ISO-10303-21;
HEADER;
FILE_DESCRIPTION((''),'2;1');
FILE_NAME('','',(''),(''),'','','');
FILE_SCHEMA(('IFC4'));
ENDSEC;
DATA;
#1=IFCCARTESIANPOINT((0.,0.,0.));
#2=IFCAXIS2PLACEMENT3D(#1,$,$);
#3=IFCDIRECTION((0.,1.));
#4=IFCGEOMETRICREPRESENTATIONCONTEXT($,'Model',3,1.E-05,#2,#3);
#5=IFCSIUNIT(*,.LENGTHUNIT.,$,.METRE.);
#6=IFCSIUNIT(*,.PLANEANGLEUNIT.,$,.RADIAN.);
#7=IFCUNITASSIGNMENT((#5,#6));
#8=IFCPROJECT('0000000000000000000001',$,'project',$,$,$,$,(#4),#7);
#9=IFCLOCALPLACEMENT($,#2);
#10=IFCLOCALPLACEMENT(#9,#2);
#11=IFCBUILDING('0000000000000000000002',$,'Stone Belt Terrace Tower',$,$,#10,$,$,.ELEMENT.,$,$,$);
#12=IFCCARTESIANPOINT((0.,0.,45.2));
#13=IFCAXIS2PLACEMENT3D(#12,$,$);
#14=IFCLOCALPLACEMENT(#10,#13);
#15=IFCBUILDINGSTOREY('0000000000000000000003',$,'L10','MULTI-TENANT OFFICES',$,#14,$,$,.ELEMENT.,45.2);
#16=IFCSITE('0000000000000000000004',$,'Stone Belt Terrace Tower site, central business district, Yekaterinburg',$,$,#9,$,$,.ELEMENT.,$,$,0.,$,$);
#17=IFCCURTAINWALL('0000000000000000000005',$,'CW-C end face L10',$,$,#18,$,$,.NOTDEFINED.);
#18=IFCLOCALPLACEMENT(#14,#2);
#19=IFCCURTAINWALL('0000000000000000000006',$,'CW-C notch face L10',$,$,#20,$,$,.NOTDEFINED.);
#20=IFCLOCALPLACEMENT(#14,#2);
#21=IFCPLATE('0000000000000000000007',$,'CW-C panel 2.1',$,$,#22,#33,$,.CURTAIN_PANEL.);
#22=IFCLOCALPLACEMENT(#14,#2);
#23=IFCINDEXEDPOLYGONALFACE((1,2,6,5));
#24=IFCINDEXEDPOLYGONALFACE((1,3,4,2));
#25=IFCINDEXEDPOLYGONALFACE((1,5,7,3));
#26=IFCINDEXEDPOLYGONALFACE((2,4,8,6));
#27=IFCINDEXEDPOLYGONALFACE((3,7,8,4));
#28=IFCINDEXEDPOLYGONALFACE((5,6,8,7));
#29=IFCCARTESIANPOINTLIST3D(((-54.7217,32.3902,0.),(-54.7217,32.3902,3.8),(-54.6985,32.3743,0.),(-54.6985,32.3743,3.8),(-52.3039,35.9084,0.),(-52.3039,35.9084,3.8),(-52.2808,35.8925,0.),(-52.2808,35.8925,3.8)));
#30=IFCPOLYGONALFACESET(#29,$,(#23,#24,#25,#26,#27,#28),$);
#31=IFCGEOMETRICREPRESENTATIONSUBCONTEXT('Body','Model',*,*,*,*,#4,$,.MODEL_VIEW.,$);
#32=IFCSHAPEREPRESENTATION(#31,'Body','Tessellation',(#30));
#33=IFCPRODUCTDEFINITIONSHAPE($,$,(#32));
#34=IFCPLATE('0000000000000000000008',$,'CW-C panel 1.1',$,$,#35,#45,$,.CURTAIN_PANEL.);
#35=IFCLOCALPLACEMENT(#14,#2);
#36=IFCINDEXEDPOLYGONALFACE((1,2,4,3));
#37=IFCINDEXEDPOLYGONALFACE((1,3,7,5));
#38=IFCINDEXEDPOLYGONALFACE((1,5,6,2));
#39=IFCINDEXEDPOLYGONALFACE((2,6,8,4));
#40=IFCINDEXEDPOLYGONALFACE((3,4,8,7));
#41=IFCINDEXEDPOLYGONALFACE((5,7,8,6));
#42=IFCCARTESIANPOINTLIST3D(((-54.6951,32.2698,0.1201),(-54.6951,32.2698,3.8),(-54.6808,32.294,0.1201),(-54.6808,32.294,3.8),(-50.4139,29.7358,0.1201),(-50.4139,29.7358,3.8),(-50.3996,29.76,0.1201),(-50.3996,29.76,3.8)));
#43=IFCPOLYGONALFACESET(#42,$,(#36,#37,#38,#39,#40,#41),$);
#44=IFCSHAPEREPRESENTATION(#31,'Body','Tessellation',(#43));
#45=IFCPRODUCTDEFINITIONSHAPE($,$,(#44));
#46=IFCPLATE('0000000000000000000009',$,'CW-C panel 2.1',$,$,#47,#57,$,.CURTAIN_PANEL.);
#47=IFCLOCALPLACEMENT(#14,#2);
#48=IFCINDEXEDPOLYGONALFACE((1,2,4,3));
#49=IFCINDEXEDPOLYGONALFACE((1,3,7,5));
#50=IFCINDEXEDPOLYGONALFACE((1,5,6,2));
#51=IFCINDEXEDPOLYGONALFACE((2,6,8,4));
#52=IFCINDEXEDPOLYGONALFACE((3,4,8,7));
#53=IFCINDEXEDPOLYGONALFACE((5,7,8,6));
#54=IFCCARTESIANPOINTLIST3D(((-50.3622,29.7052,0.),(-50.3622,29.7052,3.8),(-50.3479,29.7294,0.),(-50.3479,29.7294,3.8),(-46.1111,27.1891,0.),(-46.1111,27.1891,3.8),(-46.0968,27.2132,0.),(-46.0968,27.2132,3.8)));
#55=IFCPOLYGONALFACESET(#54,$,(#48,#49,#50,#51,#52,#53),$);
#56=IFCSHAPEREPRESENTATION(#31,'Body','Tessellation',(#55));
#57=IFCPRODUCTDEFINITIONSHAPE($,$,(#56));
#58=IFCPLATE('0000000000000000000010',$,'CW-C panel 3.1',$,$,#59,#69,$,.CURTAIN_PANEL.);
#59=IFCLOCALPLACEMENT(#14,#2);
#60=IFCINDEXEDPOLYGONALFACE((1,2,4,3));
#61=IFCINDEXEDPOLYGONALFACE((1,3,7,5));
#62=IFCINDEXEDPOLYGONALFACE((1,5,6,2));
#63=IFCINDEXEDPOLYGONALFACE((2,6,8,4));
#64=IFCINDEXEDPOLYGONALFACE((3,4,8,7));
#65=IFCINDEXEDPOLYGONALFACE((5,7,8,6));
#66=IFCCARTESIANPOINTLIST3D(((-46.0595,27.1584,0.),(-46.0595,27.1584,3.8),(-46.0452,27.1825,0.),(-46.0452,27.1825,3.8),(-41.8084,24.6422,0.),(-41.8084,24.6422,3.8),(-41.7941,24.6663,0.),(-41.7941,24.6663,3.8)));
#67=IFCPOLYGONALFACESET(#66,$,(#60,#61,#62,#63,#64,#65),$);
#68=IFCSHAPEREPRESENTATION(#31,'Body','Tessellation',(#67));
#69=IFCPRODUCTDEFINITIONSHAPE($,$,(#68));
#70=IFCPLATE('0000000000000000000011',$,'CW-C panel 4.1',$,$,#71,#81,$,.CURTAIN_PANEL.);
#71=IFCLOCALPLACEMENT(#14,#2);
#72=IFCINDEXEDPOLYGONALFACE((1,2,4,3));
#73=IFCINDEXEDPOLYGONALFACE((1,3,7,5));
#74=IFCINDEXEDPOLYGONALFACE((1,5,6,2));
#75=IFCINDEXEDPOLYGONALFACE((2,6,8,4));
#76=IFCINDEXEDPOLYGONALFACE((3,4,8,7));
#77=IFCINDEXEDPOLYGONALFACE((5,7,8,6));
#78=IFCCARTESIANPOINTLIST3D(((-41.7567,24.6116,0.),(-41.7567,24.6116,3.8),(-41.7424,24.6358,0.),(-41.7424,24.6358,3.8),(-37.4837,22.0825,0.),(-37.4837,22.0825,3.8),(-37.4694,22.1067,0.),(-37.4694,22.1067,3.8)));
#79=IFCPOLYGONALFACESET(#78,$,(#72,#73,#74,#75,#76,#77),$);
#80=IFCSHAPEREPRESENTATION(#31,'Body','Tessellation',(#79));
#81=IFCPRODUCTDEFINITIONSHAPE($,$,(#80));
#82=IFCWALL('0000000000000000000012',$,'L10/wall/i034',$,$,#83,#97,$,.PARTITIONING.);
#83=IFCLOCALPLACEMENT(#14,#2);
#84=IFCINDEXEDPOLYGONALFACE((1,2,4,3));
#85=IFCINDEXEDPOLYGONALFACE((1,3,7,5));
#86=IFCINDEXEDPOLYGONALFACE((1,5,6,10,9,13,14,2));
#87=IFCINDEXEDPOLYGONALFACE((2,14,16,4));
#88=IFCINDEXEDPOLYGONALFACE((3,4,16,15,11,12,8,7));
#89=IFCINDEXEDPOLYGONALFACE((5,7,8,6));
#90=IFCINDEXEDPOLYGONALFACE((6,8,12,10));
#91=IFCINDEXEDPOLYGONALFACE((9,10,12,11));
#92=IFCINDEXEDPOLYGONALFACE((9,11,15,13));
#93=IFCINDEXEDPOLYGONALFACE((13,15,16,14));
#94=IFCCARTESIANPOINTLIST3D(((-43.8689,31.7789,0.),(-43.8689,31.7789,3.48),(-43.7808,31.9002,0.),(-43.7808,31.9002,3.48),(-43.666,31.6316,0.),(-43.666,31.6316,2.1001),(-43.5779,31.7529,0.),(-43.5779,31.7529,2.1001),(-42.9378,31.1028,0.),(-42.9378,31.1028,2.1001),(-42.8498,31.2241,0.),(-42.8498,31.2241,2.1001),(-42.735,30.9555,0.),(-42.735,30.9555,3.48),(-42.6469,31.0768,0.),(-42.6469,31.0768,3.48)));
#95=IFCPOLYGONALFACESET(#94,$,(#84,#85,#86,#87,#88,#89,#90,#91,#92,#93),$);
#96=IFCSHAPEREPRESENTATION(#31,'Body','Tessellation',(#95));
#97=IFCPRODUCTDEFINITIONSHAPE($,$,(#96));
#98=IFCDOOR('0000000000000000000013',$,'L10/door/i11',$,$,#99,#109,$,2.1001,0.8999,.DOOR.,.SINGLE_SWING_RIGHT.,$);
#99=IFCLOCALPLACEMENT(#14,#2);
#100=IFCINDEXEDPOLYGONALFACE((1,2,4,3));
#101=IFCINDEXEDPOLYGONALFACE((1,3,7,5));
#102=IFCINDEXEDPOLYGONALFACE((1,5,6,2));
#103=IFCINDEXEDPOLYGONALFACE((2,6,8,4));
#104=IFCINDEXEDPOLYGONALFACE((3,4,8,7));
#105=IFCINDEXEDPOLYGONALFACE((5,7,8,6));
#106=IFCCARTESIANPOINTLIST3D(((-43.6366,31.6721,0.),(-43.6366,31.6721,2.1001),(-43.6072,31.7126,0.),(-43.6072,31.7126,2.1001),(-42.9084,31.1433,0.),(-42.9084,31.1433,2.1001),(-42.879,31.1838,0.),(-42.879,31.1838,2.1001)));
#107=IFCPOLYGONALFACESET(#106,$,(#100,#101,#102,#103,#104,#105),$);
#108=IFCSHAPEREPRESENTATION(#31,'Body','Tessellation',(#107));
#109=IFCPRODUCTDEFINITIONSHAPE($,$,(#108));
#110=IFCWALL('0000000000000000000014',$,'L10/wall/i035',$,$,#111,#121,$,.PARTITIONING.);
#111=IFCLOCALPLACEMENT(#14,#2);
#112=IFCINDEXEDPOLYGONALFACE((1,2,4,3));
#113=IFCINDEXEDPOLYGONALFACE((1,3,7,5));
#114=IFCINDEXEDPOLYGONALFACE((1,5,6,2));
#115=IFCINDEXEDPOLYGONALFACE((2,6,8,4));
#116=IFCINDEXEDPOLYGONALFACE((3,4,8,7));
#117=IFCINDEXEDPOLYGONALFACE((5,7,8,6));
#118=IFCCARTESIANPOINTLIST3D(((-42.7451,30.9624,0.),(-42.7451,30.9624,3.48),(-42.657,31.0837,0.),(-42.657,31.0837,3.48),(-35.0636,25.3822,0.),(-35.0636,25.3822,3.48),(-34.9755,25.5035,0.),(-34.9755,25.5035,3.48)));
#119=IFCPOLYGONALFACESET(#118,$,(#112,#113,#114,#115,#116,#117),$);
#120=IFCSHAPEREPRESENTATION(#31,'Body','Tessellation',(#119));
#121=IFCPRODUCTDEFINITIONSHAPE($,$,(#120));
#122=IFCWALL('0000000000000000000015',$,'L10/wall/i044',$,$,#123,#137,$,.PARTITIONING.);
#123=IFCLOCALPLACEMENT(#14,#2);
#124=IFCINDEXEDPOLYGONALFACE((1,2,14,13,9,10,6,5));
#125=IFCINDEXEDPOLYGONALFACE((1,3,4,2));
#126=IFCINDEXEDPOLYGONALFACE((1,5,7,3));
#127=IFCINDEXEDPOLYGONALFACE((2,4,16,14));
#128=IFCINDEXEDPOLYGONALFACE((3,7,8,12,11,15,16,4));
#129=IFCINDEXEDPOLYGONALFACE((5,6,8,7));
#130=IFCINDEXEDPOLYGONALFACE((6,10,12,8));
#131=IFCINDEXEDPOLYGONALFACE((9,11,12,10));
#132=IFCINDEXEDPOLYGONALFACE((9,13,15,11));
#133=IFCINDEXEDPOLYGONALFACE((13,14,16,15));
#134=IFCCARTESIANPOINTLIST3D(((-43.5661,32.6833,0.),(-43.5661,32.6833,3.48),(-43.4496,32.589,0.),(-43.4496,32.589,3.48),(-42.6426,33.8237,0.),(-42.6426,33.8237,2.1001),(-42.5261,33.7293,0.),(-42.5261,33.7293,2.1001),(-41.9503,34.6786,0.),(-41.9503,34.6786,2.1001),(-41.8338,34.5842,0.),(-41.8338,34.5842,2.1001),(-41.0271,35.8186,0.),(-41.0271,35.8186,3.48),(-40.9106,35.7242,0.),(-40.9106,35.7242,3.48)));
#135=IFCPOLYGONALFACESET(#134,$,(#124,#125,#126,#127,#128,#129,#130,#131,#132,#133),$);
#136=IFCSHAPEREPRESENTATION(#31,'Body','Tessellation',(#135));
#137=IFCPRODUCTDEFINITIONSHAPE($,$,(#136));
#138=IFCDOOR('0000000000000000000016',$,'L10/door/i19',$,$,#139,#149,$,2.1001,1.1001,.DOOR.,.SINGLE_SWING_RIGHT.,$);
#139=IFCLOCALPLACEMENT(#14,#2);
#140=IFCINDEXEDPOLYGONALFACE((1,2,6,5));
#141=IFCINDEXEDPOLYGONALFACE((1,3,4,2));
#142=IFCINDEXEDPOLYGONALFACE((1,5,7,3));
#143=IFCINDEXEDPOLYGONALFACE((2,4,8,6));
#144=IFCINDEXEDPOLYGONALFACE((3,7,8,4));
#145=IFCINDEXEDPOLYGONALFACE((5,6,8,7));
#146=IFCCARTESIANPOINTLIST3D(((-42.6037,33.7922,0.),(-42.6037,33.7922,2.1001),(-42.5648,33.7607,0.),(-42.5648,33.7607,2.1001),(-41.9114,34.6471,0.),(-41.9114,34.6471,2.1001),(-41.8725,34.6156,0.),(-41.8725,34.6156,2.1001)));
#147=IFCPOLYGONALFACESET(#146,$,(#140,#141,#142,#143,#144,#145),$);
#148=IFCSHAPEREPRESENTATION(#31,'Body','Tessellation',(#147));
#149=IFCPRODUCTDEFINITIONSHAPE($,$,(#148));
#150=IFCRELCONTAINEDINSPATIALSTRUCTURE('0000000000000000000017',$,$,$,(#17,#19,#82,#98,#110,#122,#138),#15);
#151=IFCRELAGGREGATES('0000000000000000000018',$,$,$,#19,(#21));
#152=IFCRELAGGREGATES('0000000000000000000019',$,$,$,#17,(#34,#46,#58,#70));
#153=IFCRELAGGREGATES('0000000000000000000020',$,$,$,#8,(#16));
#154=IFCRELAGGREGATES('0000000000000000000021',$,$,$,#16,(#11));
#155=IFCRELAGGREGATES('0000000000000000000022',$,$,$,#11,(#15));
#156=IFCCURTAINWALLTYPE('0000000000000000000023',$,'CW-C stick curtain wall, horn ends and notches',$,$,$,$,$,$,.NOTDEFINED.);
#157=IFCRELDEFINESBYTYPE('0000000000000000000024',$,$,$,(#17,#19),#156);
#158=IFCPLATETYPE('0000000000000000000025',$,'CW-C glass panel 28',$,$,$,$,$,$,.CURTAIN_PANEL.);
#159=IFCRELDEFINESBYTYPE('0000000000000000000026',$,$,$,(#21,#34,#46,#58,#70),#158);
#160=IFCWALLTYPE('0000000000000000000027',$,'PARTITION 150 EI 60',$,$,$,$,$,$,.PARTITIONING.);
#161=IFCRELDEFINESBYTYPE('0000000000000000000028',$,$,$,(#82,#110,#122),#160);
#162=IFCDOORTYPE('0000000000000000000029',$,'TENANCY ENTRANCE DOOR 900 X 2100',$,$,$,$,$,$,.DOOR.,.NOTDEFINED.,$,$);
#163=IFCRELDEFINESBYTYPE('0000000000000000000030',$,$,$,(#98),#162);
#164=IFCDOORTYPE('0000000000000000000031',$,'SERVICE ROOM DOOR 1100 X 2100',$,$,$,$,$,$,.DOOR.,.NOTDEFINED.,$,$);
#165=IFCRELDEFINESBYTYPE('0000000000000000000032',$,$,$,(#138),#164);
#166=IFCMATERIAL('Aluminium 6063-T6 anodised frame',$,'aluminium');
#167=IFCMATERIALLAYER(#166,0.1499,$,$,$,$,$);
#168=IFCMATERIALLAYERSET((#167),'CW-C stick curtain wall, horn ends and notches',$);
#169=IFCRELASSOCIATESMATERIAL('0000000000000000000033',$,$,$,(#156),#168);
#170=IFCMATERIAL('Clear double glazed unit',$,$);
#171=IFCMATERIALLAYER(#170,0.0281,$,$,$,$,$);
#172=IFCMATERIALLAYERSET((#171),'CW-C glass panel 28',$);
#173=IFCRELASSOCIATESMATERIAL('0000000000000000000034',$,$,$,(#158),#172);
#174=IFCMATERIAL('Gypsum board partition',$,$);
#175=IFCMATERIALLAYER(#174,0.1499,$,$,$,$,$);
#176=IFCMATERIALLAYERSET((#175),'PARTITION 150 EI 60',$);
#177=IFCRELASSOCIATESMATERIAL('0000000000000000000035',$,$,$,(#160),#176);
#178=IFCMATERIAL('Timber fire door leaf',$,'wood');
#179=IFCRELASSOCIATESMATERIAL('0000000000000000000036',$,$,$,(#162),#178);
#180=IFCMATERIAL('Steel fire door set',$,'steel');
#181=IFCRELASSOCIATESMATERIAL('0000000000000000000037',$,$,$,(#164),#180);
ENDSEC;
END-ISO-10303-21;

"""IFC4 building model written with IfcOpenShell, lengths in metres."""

from ifc_helpers import new_model, si_unit, direction, frame, frame_2d, origin, origin_2d, place, context, subcontext, project, spatial, rectangle, extrude, material, layer, layer_set, type_object, element, fill, aggregate, save


model = new_model("IFC4")

# Units and contexts
model_context = context("Model", 3, precision=1e-05, world=origin(), true_north=direction((0.0, 1.0)))
body_context = subcontext(model_context, "Body", "Model", "MODEL_VIEW")
ifc_project = project(units=[si_unit("LENGTHUNIT", "METRE"), si_unit("PLANEANGLEUNIT", "RADIAN")], contexts=[model_context])

# Site, building, storey
site_placement = place(None, origin())
site = spatial("IfcSite", under=ifc_project, at=site_placement, Name="Stone Belt Terrace Tower site, central business district, Yekaterinburg", CompositionType="ELEMENT", RefElevation=0.0)
building_placement = place(site_placement, origin())
building = spatial("IfcBuilding", under=site, at=building_placement, Name="Stone Belt Terrace Tower", CompositionType="ELEMENT")
storey_placement = place(building_placement, frame((0.0, 0.0, 45.2)))
storey = spatial("IfcBuildingStorey", under=building, at=storey_placement, Name="L10", Description="MULTI-TENANT OFFICES", CompositionType="ELEMENT", Elevation=45.2)

# Curtain wall
ifc_material_1 = material(Name="Aluminium 6063-T6 anodised frame", Category="aluminium")
ifc_layer_1 = layer(ifc_material_1, 0.1499)
ifc_layer_set_1 = layer_set([ifc_layer_1], Name="CW-C stick curtain wall, horn ends and notches")
curtain_wall_type_1 = type_object("IfcCurtainWallType", Name="CW-C stick curtain wall, horn ends and notches", PredefinedType="NOTDEFINED", material=ifc_layer_set_1)
curtain_wall_1_placement = place(storey_placement, origin())
curtain_wall_1 = element("IfcCurtainWall", 1, at=curtain_wall_1_placement, inside=storey, type_object=curtain_wall_type_1, Name="CW-C end face L10", PredefinedType="NOTDEFINED")

# Curtain wall, plate
curtain_wall_2_placement = place(storey_placement, origin())
curtain_wall_2 = element("IfcCurtainWall", 2, at=curtain_wall_2_placement, inside=storey, type_object=curtain_wall_type_1, Name="CW-C notch face L10", PredefinedType="NOTDEFINED")
ifc_material_2 = material(Name="Clear double glazed unit")
ifc_layer_2 = layer(ifc_material_2, 0.0281)
ifc_layer_set_2 = layer_set([ifc_layer_2], Name="CW-C glass panel 28")
plate_type = type_object("IfcPlateType", Name="CW-C glass panel 28", PredefinedType="CURTAIN_PANEL", material=ifc_layer_set_2)
plate_1_placement = place(storey_placement, frame((-53.5012, 34.1414, 0.0), z_axis=(0.0, 0.0, 1.0), x_axis=(-0.566376, -0.824147, 0.0)))
plate_1 = element("IfcPlate", 3, at=plate_1_placement, type_object=plate_type, Name="CW-C panel 2.1", PredefinedType="CURTAIN_PANEL", context=body_context, shape_type="SweptSolid", body=[
    extrude(rectangle(XDim=4.2688, YDim=0.0281, at=origin_2d()), origin(), (0.0, 0.0, 1.0), 3.8),
])
aggregate(curtain_wall_2, [plate_1])

# Plates
plate_2_placement = place(storey_placement, frame((-52.5474, 31.0149, 0.1201), z_axis=(0.0, 0.0, 1.0), x_axis=(0.860558, -0.509353, 0.0)))
plate_2 = element("IfcPlate", 4, at=plate_2_placement, type_object=plate_type, Name="CW-C panel 1.1", PredefinedType="CURTAIN_PANEL", context=body_context, shape_type="SweptSolid", body=[
    extrude(rectangle(XDim=4.9749, YDim=0.0281, at=origin_2d()), origin(), (0.0, 0.0, 1.0), 3.6799),
])
plate_3_placement = place(storey_placement, frame((-48.2295, 28.4592, 0.0), z_axis=(0.0, 0.0, 1.0), x_axis=(0.860558, -0.509353, 0.0)))
plate_3 = element("IfcPlate", 5, at=plate_3_placement, type_object=plate_type, Name="CW-C panel 2.1", PredefinedType="CURTAIN_PANEL", context=body_context, shape_type="SweptSolid", body=[
    extrude(rectangle(XDim=4.9399, YDim=0.0281, at=origin_2d()), origin(), (0.0, 0.0, 1.0), 3.8),
])
plate_4_placement = place(storey_placement, frame((-43.9268, 25.9124, 0.0), z_axis=(0.0, 0.0, 1.0), x_axis=(0.860558, -0.509353, 0.0)))
plate_4 = element("IfcPlate", 6, at=plate_4_placement, type_object=plate_type, Name="CW-C panel 3.1", PredefinedType="CURTAIN_PANEL", context=body_context, shape_type="SweptSolid", body=[
    extrude(rectangle(XDim=4.9399, YDim=0.0281, at=origin_2d()), origin(), (0.0, 0.0, 1.0), 3.8),
])
plate_5_placement = place(storey_placement, frame((-39.613, 23.3591, 0.0), z_axis=(0.0, 0.0, 1.0), x_axis=(0.860558, -0.509353, 0.0)))
plate_5 = element("IfcPlate", 7, at=plate_5_placement, type_object=plate_type, Name="CW-C panel 4.1", PredefinedType="CURTAIN_PANEL", context=body_context, shape_type="SweptSolid", body=[
    extrude(rectangle(XDim=4.9653, YDim=0.0281, at=origin_2d()), origin(), (0.0, 0.0, 1.0), 3.8),
])
aggregate(curtain_wall_1, [plate_2, plate_3, plate_4, plate_5])

# Wall, opening, door
ifc_material_3 = material(Name="Gypsum board partition")
ifc_layer_3 = layer(ifc_material_3, 0.1499)
ifc_layer_set_3 = layer_set([ifc_layer_3], Name="PARTITION 150 EI 60")
wall_type = type_object("IfcWallType", Name="PARTITION 150 EI 60", PredefinedType="PARTITIONING", material=ifc_layer_set_3)
wall_1_placement = place(storey_placement, frame((-42.6909, 31.0161, 0.0), z_axis=(0.0, 0.0, 1.0), x_axis=(-0.809165, 0.587581, 0.0)))
wall_1 = element("IfcWall", 8, at=wall_1_placement, inside=storey, type_object=wall_type, Name="L10/wall/i034", PredefinedType="PARTITIONING", context=body_context, shape_type="SweptSolid", body=[
    extrude(rectangle(XDim=1.4014, YDim=0.1499, at=frame_2d((0.7007, 0.0))), origin(), (0.0, 0.0, 1.0), 3.48),
])
opening_1_placement = place(wall_1_placement, frame((0.2507, 0.0, 0.0)))
opening_1 = element("IfcOpeningElement", 9, at=opening_1_placement, cuts=wall_1, PredefinedType="OPENING", context=body_context, shape_type="SweptSolid", body=[
    extrude(rectangle(XDim=0.8999, YDim=2.1001, at=frame_2d((0.45, 1.05))), frame((0.0, 0.085, 0.0), z_axis=(0.0, -1.0, 0.0), x_axis=(1.0, 0.0, 0.0)), (0.0, 0.0, 1.0), 0.1699),
])
ifc_material_4 = material(Name="Timber fire door leaf", Category="wood")
door_type_1 = type_object("IfcDoorType", Name="TENANCY ENTRANCE DOOR 900 X 2100", OperationType="NOTDEFINED", PredefinedType="DOOR", material=ifc_material_4)
door_1_placement = place(opening_1_placement, origin())
door_1 = element("IfcDoor", 10, at=door_1_placement, inside=storey, type_object=door_type_1, Name="L10/door/i11", OperationType="SINGLE_SWING_RIGHT", OverallHeight=2.1001, OverallWidth=0.8999, PredefinedType="DOOR", context=body_context, shape_type="SweptSolid", body=[
    extrude(rectangle(XDim=0.8999, YDim=2.1001, at=frame_2d((0.45, 1.05))), frame((0.0, 0.0249, 0.0), z_axis=(0.0, -1.0, 0.0), x_axis=(1.0, 0.0, 0.0)), (0.0, 0.0, 1.0), 0.05),
])
fill(opening_1, door_1)

# Wall
wall_2_placement = place(storey_placement, frame((-42.7009, 31.0229, 0.0), z_axis=(0.0, 0.0, 1.0), x_axis=(0.809056, -0.587731, 0.0)))
element("IfcWall", 11, at=wall_2_placement, inside=storey, type_object=wall_type, Name="L10/wall/i035", PredefinedType="PARTITIONING", context=body_context, shape_type="SweptSolid", body=[
    extrude(rectangle(XDim=9.4944, YDim=0.1499, at=frame_2d((4.7471, 0.0))), origin(), (0.0, 0.0, 1.0), 3.48),
])

# Wall, opening, door
wall_3_placement = place(storey_placement, frame((-43.5078, 32.6362, 0.0), z_axis=(0.0, 0.0, 1.0), x_axis=(0.629348, 0.777124, 0.0)))
wall_3 = element("IfcWall", 12, at=wall_3_placement, inside=storey, type_object=wall_type, Name="L10/wall/i044", PredefinedType="PARTITIONING", context=body_context, shape_type="SweptSolid", body=[
    extrude(rectangle(XDim=4.0344, YDim=0.1499, at=frame_2d((2.0171, 0.0))), origin(), (0.0, 0.0, 1.0), 3.48),
])
opening_2_placement = place(wall_3_placement, frame((1.4673, 0.0, 0.0)))
opening_2 = element("IfcOpeningElement", 13, at=opening_2_placement, cuts=wall_3, PredefinedType="OPENING", context=body_context, shape_type="SweptSolid", body=[
    extrude(rectangle(XDim=1.1001, YDim=2.1001, at=frame_2d((0.55, 1.05))), frame((0.0, 0.085, 0.0), z_axis=(0.0, -1.0, 0.0), x_axis=(1.0, 0.0, 0.0)), (0.0, 0.0, 1.0), 0.1699),
])
ifc_material_5 = material(Name="Steel fire door set", Category="steel")
door_type_2 = type_object("IfcDoorType", Name="SERVICE ROOM DOOR 1100 X 2100", OperationType="NOTDEFINED", PredefinedType="DOOR", material=ifc_material_5)
door_2_placement = place(opening_2_placement, origin())
door_2 = element("IfcDoor", 14, at=door_2_placement, inside=storey, type_object=door_type_2, Name="L10/door/i19", OperationType="SINGLE_SWING_RIGHT", OverallHeight=2.1001, OverallWidth=1.1001, PredefinedType="DOOR", context=body_context, shape_type="SweptSolid", body=[
    extrude(rectangle(XDim=1.1001, YDim=2.1001, at=frame_2d((0.55, 1.05))), frame((0.0, 0.0249, 0.0), z_axis=(0.0, -1.0, 0.0), x_axis=(1.0, 0.0, 0.0)), (0.0, 0.0, 1.0), 0.05),
])
fill(opening_2, door_2)

save(model, "model.ifc")
